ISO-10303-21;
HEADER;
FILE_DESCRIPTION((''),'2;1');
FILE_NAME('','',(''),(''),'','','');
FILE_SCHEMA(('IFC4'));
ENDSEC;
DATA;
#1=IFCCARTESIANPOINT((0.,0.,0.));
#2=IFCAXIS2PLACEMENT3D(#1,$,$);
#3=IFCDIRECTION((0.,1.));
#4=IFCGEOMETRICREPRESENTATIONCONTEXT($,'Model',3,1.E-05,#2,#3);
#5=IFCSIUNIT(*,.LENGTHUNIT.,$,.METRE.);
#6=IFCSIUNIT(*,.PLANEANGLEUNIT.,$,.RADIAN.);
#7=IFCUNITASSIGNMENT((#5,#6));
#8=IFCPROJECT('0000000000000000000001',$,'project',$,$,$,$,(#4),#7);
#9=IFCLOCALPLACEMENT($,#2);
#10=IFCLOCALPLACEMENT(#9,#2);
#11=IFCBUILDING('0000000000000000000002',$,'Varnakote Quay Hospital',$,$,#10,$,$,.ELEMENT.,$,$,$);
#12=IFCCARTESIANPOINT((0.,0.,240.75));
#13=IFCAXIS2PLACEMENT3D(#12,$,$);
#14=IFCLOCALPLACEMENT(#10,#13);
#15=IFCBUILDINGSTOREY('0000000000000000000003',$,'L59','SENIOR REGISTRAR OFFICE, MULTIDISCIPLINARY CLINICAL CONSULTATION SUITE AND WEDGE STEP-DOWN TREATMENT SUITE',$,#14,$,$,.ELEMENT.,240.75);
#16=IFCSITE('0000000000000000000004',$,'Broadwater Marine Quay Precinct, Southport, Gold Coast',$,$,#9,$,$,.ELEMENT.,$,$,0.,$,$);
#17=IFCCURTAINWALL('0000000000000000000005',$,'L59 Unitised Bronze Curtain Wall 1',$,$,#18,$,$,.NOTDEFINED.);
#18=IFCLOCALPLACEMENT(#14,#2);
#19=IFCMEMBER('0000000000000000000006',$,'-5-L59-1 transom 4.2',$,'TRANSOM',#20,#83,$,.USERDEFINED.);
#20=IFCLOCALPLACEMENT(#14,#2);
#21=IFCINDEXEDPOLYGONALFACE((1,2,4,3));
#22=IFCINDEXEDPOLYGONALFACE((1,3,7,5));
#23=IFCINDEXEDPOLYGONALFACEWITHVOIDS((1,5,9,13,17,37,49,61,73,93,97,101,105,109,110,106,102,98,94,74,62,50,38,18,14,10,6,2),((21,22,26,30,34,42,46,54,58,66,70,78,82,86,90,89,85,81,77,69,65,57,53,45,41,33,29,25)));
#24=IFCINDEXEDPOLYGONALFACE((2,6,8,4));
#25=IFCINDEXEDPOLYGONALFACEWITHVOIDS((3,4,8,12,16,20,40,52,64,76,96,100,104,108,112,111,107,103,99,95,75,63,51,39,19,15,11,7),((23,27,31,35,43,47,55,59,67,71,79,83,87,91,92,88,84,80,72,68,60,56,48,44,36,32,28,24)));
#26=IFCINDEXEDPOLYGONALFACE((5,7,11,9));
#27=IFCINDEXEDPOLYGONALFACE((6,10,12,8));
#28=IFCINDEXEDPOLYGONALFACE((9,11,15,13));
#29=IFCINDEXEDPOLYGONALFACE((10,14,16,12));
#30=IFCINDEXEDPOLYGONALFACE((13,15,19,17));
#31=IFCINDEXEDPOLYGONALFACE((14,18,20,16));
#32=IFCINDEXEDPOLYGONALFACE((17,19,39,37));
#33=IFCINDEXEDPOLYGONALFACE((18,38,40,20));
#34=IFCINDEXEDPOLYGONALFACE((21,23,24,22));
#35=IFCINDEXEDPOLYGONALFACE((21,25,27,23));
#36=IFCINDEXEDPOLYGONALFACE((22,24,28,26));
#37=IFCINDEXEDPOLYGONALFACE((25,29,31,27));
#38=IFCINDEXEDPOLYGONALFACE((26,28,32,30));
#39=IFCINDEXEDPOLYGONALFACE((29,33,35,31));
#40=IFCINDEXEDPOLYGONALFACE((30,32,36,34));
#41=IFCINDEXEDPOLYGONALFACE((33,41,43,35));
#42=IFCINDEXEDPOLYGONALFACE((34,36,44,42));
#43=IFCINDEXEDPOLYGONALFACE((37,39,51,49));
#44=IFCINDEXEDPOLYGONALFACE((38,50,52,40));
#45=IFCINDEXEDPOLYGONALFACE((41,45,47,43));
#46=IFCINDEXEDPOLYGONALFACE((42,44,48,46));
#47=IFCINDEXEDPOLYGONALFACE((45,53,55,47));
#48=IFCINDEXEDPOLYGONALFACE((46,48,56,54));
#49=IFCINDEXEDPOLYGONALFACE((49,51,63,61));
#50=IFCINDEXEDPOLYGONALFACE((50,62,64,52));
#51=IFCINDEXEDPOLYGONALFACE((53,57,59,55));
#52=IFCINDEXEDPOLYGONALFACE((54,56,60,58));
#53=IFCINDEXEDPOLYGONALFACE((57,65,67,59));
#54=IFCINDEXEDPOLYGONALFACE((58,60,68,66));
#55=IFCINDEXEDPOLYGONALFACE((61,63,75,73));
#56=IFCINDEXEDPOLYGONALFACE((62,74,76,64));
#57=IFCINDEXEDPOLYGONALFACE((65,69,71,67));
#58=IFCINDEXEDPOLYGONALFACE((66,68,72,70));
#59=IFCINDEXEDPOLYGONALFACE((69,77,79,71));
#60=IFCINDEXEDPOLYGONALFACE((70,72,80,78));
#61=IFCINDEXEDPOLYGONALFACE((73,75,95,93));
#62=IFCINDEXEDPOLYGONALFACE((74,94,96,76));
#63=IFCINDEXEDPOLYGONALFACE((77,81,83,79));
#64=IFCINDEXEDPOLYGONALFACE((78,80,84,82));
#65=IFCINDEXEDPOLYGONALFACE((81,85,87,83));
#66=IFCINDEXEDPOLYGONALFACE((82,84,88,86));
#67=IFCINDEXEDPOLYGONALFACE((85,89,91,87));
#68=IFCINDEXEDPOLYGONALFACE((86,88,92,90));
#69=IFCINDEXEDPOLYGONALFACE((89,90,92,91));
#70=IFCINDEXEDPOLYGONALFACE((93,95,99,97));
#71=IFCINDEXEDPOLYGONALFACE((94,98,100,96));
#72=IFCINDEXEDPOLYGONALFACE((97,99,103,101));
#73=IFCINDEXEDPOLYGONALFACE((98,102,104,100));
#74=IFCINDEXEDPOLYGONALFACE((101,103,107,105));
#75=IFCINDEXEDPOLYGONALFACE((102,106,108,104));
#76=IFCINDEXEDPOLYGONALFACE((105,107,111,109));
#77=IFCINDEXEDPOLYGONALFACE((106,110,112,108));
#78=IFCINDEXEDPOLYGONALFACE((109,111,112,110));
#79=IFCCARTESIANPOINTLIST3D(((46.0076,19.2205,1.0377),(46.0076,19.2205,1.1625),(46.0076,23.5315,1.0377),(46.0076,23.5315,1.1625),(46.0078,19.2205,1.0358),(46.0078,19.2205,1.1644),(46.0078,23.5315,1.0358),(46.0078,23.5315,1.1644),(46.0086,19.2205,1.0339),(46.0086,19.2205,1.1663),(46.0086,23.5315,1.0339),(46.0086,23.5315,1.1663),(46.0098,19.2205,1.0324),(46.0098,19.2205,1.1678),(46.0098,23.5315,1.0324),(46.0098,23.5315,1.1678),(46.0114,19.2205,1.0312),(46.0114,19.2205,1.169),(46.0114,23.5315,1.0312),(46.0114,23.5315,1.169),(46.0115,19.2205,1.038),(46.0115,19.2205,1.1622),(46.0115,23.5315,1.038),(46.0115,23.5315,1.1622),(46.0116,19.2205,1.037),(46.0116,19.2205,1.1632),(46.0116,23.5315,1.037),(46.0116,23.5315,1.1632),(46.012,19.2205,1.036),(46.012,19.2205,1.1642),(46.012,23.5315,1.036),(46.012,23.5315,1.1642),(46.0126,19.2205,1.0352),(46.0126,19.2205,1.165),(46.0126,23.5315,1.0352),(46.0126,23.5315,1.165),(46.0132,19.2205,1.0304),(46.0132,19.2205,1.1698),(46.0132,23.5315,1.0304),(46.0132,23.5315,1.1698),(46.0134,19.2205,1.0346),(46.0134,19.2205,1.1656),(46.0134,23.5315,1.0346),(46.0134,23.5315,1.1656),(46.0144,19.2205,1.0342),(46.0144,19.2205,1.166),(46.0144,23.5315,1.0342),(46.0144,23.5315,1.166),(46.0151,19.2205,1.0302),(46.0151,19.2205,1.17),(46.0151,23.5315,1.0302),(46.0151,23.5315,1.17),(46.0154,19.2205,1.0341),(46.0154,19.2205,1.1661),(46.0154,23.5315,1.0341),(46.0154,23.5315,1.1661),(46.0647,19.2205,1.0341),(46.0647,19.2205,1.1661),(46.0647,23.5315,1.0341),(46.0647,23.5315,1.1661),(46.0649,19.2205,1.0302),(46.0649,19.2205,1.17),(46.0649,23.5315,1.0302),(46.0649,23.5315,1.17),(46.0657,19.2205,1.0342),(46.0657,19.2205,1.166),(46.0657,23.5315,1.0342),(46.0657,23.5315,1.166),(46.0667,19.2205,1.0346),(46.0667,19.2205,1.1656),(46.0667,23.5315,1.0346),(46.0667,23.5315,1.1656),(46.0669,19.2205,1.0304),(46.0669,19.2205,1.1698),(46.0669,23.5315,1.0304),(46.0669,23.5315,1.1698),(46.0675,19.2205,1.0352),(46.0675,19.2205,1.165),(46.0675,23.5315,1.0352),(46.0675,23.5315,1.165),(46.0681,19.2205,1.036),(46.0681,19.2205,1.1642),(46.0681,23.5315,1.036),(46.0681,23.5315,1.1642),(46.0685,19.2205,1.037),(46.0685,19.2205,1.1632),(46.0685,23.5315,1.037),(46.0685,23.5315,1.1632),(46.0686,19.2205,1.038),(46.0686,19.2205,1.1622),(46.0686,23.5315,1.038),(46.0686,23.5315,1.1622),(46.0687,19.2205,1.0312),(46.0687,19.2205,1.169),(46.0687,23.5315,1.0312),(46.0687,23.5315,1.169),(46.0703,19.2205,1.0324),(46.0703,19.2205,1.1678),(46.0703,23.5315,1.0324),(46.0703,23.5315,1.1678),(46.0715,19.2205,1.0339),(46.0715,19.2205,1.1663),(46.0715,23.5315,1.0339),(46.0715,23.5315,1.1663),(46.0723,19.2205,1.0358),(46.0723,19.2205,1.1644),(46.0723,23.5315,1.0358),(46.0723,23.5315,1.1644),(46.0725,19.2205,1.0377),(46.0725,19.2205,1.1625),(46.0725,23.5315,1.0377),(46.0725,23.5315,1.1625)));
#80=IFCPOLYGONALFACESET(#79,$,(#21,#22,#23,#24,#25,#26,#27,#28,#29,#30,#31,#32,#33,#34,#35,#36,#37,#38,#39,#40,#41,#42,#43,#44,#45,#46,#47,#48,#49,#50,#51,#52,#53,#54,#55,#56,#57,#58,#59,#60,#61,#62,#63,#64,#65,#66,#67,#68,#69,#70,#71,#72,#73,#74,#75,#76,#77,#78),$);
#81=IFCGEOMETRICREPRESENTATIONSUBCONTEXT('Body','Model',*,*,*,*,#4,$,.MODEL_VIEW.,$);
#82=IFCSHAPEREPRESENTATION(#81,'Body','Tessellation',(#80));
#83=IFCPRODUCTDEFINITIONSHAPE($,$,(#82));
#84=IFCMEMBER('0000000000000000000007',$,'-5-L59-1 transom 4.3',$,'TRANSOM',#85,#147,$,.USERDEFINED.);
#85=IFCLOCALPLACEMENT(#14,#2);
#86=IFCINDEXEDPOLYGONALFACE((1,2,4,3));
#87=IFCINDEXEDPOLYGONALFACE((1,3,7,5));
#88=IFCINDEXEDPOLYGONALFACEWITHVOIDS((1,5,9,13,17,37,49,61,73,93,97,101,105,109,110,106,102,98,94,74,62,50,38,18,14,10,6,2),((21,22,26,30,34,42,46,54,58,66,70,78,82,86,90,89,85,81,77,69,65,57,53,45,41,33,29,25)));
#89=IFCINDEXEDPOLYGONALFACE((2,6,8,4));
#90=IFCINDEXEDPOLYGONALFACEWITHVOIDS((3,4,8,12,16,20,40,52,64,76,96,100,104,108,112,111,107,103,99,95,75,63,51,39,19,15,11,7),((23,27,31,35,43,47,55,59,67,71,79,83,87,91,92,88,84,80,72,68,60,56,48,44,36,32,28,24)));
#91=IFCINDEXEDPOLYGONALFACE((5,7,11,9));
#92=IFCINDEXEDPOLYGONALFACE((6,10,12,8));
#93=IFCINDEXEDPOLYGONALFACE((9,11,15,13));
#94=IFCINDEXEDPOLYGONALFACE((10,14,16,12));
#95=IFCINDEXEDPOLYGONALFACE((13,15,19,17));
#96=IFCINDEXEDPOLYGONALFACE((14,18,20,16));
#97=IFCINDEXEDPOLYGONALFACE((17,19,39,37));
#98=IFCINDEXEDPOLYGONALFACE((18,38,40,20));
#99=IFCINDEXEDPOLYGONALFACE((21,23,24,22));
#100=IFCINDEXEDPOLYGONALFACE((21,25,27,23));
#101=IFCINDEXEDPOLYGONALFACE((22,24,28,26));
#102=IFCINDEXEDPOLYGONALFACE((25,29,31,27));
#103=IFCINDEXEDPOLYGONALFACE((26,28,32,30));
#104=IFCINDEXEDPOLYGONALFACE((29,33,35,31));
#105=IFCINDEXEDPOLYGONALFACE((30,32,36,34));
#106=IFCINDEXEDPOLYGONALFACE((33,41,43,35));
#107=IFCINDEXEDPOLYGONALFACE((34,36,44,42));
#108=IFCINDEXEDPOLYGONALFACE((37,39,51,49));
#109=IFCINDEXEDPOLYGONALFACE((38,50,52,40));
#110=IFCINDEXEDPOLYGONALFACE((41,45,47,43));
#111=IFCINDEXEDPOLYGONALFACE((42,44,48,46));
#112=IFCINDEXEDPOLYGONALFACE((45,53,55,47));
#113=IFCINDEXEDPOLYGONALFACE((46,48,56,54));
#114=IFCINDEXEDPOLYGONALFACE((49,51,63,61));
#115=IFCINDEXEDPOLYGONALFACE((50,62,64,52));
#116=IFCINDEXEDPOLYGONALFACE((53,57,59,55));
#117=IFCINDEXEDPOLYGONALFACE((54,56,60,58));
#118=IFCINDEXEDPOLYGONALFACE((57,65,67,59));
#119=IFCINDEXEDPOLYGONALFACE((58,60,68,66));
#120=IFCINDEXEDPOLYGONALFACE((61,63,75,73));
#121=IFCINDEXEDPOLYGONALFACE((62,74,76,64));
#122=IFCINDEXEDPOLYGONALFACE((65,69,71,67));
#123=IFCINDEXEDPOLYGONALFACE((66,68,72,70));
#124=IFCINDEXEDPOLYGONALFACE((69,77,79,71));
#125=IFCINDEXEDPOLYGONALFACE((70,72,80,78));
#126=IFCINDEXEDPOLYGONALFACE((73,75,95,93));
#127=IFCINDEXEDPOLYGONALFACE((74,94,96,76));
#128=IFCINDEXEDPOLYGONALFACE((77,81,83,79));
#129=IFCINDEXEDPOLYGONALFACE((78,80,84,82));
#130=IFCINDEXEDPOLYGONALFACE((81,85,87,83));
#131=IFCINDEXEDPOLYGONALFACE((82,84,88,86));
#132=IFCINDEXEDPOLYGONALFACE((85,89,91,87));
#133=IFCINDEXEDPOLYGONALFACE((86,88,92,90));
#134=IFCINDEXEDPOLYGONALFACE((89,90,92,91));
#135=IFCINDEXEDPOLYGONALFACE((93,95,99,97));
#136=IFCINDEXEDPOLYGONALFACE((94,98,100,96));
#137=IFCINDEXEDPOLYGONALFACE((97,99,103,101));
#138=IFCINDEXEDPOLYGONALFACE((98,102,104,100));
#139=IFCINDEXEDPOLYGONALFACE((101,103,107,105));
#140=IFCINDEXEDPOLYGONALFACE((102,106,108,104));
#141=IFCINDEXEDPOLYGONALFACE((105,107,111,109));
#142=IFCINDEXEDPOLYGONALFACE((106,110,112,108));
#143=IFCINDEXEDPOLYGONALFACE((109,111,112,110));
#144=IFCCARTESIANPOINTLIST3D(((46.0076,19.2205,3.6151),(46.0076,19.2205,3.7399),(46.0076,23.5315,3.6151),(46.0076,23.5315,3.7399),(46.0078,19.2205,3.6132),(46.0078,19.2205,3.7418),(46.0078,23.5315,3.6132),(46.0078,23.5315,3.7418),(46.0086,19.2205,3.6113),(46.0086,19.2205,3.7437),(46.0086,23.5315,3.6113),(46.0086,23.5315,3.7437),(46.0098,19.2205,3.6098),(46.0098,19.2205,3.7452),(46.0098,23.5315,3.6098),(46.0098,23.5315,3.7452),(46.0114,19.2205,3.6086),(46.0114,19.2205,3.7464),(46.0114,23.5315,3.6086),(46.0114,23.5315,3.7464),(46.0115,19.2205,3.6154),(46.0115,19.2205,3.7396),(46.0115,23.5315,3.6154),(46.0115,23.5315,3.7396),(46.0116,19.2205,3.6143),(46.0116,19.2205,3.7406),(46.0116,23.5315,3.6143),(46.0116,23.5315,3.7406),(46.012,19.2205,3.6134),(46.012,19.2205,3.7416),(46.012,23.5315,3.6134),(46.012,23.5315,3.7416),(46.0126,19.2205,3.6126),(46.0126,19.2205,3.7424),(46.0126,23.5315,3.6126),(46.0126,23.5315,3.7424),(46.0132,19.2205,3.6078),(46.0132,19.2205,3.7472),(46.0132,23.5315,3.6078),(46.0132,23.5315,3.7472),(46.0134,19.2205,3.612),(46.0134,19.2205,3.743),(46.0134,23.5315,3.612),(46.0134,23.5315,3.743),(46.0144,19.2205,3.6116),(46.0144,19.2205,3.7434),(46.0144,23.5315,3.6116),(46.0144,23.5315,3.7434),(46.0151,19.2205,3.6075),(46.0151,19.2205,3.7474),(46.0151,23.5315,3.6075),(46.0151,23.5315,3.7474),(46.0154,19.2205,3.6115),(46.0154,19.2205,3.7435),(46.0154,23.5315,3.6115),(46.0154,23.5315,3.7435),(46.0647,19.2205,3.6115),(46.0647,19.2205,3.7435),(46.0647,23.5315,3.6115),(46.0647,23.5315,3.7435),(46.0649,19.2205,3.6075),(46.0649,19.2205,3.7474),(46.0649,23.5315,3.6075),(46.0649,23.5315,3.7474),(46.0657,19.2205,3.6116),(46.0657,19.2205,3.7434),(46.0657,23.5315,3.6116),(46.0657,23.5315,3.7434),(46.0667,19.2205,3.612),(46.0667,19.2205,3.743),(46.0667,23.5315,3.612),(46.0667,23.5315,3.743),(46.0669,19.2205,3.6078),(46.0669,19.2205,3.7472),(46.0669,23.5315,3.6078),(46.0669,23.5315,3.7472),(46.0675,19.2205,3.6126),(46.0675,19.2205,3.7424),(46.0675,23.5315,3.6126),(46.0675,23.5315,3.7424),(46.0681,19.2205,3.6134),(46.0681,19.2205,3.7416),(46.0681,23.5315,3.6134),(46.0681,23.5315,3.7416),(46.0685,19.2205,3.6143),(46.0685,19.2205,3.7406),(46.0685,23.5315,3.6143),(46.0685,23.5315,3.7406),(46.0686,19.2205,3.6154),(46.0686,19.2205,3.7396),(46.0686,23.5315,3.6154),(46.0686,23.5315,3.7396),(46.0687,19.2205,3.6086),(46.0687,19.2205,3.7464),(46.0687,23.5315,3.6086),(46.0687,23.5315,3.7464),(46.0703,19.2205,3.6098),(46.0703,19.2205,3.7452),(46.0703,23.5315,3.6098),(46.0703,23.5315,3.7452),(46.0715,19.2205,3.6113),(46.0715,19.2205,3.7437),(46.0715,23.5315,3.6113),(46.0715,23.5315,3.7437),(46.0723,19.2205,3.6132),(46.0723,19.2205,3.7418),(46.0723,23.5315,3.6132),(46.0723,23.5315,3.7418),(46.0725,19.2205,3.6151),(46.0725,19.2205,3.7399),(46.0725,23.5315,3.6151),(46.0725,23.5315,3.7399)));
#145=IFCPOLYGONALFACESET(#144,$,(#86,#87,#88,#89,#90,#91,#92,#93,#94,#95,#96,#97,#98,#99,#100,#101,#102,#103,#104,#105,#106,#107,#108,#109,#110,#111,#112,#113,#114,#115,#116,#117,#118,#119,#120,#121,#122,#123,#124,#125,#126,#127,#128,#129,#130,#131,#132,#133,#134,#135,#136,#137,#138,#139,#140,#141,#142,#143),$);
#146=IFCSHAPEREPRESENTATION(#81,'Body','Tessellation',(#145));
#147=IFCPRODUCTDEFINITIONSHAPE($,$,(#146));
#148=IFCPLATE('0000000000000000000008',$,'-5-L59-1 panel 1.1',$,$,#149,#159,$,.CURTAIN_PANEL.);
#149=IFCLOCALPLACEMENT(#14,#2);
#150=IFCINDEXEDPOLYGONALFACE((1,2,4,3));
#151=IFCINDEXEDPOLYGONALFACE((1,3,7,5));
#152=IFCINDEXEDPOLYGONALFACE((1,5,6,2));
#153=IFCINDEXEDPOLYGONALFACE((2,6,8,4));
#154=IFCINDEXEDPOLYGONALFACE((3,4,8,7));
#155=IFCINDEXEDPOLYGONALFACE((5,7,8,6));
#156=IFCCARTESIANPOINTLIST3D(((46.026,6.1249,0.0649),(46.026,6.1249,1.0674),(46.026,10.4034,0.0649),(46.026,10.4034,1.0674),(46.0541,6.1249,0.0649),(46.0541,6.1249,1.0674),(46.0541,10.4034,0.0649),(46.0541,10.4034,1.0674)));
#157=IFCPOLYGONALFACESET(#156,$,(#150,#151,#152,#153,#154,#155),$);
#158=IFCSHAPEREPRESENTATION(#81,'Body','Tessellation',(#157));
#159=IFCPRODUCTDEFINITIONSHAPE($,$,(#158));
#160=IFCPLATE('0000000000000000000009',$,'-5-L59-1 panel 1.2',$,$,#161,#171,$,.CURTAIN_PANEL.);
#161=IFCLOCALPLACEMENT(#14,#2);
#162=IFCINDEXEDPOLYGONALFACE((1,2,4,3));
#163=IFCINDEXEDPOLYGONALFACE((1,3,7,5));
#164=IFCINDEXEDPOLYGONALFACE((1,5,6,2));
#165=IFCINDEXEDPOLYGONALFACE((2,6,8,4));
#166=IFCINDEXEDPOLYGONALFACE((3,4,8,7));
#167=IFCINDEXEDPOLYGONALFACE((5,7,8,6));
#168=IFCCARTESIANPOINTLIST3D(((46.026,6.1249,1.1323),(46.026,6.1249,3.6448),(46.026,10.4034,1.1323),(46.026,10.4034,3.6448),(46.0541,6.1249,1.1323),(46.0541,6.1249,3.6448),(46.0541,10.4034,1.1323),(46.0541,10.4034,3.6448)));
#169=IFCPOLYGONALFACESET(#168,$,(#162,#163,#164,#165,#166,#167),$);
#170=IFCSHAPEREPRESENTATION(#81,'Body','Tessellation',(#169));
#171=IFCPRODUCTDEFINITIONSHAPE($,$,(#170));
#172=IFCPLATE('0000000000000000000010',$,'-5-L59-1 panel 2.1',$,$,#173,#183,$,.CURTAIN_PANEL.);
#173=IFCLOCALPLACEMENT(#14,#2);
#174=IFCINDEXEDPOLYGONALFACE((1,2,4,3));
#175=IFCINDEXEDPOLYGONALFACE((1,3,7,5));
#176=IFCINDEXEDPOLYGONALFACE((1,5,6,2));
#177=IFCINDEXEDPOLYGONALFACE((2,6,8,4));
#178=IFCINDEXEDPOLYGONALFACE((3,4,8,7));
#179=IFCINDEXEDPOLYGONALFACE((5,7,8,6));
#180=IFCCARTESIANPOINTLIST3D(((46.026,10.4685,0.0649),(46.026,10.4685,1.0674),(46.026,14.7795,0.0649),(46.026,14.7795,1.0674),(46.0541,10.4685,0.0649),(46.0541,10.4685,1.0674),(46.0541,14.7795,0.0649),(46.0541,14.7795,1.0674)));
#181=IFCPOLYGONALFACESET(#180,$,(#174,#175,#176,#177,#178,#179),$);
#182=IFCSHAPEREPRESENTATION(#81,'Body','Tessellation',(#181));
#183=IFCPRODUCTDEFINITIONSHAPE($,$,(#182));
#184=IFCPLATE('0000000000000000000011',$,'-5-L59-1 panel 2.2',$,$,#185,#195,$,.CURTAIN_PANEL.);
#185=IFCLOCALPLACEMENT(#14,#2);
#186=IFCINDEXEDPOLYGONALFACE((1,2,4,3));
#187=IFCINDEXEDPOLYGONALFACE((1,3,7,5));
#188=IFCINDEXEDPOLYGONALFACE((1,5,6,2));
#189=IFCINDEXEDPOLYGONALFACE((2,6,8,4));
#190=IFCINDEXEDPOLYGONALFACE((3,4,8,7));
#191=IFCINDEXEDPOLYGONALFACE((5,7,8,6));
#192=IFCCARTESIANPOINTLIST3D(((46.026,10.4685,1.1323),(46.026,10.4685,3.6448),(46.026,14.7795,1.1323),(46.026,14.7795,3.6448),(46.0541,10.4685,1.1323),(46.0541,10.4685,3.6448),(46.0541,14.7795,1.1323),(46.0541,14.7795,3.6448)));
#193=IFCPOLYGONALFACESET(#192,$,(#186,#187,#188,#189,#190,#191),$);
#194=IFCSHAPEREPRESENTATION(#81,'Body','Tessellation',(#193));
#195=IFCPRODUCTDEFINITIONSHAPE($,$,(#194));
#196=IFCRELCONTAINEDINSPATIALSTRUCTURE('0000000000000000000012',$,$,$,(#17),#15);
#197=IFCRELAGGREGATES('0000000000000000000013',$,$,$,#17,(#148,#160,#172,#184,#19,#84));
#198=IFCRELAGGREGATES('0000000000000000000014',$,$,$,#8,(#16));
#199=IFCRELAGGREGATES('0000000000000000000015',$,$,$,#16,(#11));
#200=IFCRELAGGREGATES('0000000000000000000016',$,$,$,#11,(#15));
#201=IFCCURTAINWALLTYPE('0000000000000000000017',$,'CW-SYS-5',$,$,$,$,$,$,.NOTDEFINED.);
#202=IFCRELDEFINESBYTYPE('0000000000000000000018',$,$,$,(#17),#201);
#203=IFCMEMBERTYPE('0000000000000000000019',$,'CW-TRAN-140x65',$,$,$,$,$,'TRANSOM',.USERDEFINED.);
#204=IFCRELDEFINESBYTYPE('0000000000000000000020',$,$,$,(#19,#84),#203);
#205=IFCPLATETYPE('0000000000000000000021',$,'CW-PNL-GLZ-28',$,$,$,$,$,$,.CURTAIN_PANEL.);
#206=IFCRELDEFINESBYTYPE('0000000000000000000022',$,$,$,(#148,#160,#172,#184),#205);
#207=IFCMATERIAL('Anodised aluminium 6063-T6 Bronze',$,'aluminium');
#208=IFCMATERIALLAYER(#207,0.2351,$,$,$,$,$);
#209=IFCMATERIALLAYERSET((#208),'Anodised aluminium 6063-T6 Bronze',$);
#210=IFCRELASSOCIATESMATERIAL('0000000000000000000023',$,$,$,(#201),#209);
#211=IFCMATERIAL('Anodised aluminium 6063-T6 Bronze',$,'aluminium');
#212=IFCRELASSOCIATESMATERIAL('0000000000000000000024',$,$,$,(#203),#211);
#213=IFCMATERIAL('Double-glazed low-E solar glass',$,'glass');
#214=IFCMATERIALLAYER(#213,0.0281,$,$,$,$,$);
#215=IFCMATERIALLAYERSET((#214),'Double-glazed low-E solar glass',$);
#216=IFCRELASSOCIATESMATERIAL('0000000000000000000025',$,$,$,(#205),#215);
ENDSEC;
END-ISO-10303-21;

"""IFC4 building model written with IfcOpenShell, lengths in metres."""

from ifc_helpers import new_model, si_unit, direction, frame, origin, origin_2d, place, context, subcontext, project, spatial, rectangle, hollow_rectangle, extrude, material, layer, layer_set, material_profile, profile_set, type_object, element, aggregate, save


model = new_model("IFC4")

# Units and contexts
model_context = context("Model", 3, precision=1e-05, world=origin(), true_north=direction((0.0, 1.0)))
body_context = subcontext(model_context, "Body", "Model", "MODEL_VIEW")
ifc_project = project(units=[si_unit("LENGTHUNIT", "METRE"), si_unit("PLANEANGLEUNIT", "RADIAN")], contexts=[model_context])

# Site, building, storey
site_placement = place(None, origin())
site = spatial("IfcSite", under=ifc_project, at=site_placement, Name="Broadwater Marine Quay Precinct, Southport, Gold Coast", CompositionType="ELEMENT", RefElevation=0.0)
building_placement = place(site_placement, origin())
building = spatial("IfcBuilding", under=site, at=building_placement, Name="Varnakote Quay Hospital", CompositionType="ELEMENT")
storey_placement = place(building_placement, frame((0.0, 0.0, 240.75)))
storey = spatial("IfcBuildingStorey", under=building, at=storey_placement, Name="L59", Description="SENIOR REGISTRAR OFFICE, MULTIDISCIPLINARY CLINICAL CONSULTATION SUITE AND WEDGE STEP-DOWN TREATMENT SUITE", CompositionType="ELEMENT", Elevation=240.75)

# Curtain wall, members, plates
ifc_material_1 = material(Name="Anodised aluminium 6063-T6 Bronze", Category="aluminium")
ifc_layer_1 = layer(ifc_material_1, 0.2351)
ifc_layer_set_1 = layer_set([ifc_layer_1], Name="Anodised aluminium 6063-T6 Bronze")
curtain_wall_type = type_object("IfcCurtainWallType", Name="CW-SYS-5", PredefinedType="NOTDEFINED", material=ifc_layer_set_1)
curtain_wall_placement = place(storey_placement, origin())
curtain_wall = element("IfcCurtainWall", 1, at=curtain_wall_placement, inside=storey, type_object=curtain_wall_type, Name="L59 Unitised Bronze Curtain Wall 1", PredefinedType="NOTDEFINED")
ifc_material_2 = material(Name="Anodised aluminium 6063-T6 Bronze", Category="aluminium")
ifc_material_profile_1 = material_profile(ifc_material_2, hollow_rectangle(XDim=0.0649, YDim=0.1399, WallThickness=0.0039, InnerFilletRadius=0.0039, OuterFilletRadius=0.0076, at=origin_2d()), Name="CW-TRAN-140x65")
ifc_profile_set_1 = profile_set([ifc_material_profile_1], Name="Anodised aluminium 6063-T6 Bronze")
member_type_1 = type_object("IfcMemberType", Name="CW-TRAN-140x65", ElementType="TRANSOM", PredefinedType="USERDEFINED", material=ifc_profile_set_1)
member_1_placement = place(storey_placement, frame((46.04, 19.2205, 1.1001), z_axis=(0.0, 1.0, 0.0), x_axis=(-1.0, 0.0, 0.0)))
member_1 = element("IfcMember", 2, at=member_1_placement, type_object=member_type_1, Name="-5-L59-1 transom 4.2", ObjectType="TRANSOM", PredefinedType="USERDEFINED", context=body_context, shape_type="SweptSolid", body=[
    extrude(hollow_rectangle(XDim=0.0649, YDim=0.1399, WallThickness=0.0039, InnerFilletRadius=0.0039, OuterFilletRadius=0.0076, at=origin_2d()), origin(), (0.0, 0.0, 1.0), 4.311),
])
member_2_placement = place(storey_placement, frame((46.04, 19.2205, 3.6775), z_axis=(0.0, 1.0, 0.0), x_axis=(-1.0, 0.0, 0.0)))
member_2 = element("IfcMember", 3, at=member_2_placement, type_object=member_type_1, Name="-5-L59-1 transom 4.3", ObjectType="TRANSOM", PredefinedType="USERDEFINED", context=body_context, shape_type="SweptSolid", body=[
    extrude(hollow_rectangle(XDim=0.0649, YDim=0.1399, WallThickness=0.0039, InnerFilletRadius=0.0039, OuterFilletRadius=0.0076, at=origin_2d()), origin(), (0.0, 0.0, 1.0), 4.311),
])
ifc_material_3 = material(Name="Double-glazed low-E solar glass", Category="glass")
ifc_layer_2 = layer(ifc_material_3, 0.0281)
ifc_layer_set_2 = layer_set([ifc_layer_2], Name="Double-glazed low-E solar glass")
plate_type = type_object("IfcPlateType", Name="CW-PNL-GLZ-28", PredefinedType="CURTAIN_PANEL", material=ifc_layer_set_2)
plate_1_placement = place(storey_placement, frame((46.04, 8.2642, 0.0649), z_axis=(0.0, 0.0, 1.0), x_axis=(0.0, 1.0, 0.0)))
plate_1 = element("IfcPlate", 4, at=plate_1_placement, type_object=plate_type, Name="-5-L59-1 panel 1.1", PredefinedType="CURTAIN_PANEL", context=body_context, shape_type="SweptSolid", body=[
    extrude(rectangle(XDim=4.2786, YDim=0.0281, at=origin_2d()), origin(), (0.0, 0.0, 1.0), 1.0024),
])
plate_2_placement = place(storey_placement, frame((46.04, 8.2642, 1.1323), z_axis=(0.0, 0.0, 1.0), x_axis=(0.0, 1.0, 0.0)))
plate_2 = element("IfcPlate", 5, at=plate_2_placement, type_object=plate_type, Name="-5-L59-1 panel 1.2", PredefinedType="CURTAIN_PANEL", context=body_context, shape_type="SweptSolid", body=[
    extrude(rectangle(XDim=4.2786, YDim=0.0281, at=origin_2d()), origin(), (0.0, 0.0, 1.0), 2.5125),
])
plate_3_placement = place(storey_placement, frame((46.04, 12.624, 0.0649), z_axis=(0.0, 0.0, 1.0), x_axis=(0.0, 1.0, 0.0)))
plate_3 = element("IfcPlate", 6, at=plate_3_placement, type_object=plate_type, Name="-5-L59-1 panel 2.1", PredefinedType="CURTAIN_PANEL", context=body_context, shape_type="SweptSolid", body=[
    extrude(rectangle(XDim=4.311, YDim=0.0281, at=origin_2d()), origin(), (0.0, 0.0, 1.0), 1.0024),
])
plate_4_placement = place(storey_placement, frame((46.04, 12.624, 1.1323), z_axis=(0.0, 0.0, 1.0), x_axis=(0.0, 1.0, 0.0)))
plate_4 = element("IfcPlate", 7, at=plate_4_placement, type_object=plate_type, Name="-5-L59-1 panel 2.2", PredefinedType="CURTAIN_PANEL", context=body_context, shape_type="SweptSolid", body=[
    extrude(rectangle(XDim=4.311, YDim=0.0281, at=origin_2d()), origin(), (0.0, 0.0, 1.0), 2.5125),
])
aggregate(curtain_wall, [plate_1, plate_2, plate_3, plate_4, member_1, member_2])

save(model, "model.ifc")
